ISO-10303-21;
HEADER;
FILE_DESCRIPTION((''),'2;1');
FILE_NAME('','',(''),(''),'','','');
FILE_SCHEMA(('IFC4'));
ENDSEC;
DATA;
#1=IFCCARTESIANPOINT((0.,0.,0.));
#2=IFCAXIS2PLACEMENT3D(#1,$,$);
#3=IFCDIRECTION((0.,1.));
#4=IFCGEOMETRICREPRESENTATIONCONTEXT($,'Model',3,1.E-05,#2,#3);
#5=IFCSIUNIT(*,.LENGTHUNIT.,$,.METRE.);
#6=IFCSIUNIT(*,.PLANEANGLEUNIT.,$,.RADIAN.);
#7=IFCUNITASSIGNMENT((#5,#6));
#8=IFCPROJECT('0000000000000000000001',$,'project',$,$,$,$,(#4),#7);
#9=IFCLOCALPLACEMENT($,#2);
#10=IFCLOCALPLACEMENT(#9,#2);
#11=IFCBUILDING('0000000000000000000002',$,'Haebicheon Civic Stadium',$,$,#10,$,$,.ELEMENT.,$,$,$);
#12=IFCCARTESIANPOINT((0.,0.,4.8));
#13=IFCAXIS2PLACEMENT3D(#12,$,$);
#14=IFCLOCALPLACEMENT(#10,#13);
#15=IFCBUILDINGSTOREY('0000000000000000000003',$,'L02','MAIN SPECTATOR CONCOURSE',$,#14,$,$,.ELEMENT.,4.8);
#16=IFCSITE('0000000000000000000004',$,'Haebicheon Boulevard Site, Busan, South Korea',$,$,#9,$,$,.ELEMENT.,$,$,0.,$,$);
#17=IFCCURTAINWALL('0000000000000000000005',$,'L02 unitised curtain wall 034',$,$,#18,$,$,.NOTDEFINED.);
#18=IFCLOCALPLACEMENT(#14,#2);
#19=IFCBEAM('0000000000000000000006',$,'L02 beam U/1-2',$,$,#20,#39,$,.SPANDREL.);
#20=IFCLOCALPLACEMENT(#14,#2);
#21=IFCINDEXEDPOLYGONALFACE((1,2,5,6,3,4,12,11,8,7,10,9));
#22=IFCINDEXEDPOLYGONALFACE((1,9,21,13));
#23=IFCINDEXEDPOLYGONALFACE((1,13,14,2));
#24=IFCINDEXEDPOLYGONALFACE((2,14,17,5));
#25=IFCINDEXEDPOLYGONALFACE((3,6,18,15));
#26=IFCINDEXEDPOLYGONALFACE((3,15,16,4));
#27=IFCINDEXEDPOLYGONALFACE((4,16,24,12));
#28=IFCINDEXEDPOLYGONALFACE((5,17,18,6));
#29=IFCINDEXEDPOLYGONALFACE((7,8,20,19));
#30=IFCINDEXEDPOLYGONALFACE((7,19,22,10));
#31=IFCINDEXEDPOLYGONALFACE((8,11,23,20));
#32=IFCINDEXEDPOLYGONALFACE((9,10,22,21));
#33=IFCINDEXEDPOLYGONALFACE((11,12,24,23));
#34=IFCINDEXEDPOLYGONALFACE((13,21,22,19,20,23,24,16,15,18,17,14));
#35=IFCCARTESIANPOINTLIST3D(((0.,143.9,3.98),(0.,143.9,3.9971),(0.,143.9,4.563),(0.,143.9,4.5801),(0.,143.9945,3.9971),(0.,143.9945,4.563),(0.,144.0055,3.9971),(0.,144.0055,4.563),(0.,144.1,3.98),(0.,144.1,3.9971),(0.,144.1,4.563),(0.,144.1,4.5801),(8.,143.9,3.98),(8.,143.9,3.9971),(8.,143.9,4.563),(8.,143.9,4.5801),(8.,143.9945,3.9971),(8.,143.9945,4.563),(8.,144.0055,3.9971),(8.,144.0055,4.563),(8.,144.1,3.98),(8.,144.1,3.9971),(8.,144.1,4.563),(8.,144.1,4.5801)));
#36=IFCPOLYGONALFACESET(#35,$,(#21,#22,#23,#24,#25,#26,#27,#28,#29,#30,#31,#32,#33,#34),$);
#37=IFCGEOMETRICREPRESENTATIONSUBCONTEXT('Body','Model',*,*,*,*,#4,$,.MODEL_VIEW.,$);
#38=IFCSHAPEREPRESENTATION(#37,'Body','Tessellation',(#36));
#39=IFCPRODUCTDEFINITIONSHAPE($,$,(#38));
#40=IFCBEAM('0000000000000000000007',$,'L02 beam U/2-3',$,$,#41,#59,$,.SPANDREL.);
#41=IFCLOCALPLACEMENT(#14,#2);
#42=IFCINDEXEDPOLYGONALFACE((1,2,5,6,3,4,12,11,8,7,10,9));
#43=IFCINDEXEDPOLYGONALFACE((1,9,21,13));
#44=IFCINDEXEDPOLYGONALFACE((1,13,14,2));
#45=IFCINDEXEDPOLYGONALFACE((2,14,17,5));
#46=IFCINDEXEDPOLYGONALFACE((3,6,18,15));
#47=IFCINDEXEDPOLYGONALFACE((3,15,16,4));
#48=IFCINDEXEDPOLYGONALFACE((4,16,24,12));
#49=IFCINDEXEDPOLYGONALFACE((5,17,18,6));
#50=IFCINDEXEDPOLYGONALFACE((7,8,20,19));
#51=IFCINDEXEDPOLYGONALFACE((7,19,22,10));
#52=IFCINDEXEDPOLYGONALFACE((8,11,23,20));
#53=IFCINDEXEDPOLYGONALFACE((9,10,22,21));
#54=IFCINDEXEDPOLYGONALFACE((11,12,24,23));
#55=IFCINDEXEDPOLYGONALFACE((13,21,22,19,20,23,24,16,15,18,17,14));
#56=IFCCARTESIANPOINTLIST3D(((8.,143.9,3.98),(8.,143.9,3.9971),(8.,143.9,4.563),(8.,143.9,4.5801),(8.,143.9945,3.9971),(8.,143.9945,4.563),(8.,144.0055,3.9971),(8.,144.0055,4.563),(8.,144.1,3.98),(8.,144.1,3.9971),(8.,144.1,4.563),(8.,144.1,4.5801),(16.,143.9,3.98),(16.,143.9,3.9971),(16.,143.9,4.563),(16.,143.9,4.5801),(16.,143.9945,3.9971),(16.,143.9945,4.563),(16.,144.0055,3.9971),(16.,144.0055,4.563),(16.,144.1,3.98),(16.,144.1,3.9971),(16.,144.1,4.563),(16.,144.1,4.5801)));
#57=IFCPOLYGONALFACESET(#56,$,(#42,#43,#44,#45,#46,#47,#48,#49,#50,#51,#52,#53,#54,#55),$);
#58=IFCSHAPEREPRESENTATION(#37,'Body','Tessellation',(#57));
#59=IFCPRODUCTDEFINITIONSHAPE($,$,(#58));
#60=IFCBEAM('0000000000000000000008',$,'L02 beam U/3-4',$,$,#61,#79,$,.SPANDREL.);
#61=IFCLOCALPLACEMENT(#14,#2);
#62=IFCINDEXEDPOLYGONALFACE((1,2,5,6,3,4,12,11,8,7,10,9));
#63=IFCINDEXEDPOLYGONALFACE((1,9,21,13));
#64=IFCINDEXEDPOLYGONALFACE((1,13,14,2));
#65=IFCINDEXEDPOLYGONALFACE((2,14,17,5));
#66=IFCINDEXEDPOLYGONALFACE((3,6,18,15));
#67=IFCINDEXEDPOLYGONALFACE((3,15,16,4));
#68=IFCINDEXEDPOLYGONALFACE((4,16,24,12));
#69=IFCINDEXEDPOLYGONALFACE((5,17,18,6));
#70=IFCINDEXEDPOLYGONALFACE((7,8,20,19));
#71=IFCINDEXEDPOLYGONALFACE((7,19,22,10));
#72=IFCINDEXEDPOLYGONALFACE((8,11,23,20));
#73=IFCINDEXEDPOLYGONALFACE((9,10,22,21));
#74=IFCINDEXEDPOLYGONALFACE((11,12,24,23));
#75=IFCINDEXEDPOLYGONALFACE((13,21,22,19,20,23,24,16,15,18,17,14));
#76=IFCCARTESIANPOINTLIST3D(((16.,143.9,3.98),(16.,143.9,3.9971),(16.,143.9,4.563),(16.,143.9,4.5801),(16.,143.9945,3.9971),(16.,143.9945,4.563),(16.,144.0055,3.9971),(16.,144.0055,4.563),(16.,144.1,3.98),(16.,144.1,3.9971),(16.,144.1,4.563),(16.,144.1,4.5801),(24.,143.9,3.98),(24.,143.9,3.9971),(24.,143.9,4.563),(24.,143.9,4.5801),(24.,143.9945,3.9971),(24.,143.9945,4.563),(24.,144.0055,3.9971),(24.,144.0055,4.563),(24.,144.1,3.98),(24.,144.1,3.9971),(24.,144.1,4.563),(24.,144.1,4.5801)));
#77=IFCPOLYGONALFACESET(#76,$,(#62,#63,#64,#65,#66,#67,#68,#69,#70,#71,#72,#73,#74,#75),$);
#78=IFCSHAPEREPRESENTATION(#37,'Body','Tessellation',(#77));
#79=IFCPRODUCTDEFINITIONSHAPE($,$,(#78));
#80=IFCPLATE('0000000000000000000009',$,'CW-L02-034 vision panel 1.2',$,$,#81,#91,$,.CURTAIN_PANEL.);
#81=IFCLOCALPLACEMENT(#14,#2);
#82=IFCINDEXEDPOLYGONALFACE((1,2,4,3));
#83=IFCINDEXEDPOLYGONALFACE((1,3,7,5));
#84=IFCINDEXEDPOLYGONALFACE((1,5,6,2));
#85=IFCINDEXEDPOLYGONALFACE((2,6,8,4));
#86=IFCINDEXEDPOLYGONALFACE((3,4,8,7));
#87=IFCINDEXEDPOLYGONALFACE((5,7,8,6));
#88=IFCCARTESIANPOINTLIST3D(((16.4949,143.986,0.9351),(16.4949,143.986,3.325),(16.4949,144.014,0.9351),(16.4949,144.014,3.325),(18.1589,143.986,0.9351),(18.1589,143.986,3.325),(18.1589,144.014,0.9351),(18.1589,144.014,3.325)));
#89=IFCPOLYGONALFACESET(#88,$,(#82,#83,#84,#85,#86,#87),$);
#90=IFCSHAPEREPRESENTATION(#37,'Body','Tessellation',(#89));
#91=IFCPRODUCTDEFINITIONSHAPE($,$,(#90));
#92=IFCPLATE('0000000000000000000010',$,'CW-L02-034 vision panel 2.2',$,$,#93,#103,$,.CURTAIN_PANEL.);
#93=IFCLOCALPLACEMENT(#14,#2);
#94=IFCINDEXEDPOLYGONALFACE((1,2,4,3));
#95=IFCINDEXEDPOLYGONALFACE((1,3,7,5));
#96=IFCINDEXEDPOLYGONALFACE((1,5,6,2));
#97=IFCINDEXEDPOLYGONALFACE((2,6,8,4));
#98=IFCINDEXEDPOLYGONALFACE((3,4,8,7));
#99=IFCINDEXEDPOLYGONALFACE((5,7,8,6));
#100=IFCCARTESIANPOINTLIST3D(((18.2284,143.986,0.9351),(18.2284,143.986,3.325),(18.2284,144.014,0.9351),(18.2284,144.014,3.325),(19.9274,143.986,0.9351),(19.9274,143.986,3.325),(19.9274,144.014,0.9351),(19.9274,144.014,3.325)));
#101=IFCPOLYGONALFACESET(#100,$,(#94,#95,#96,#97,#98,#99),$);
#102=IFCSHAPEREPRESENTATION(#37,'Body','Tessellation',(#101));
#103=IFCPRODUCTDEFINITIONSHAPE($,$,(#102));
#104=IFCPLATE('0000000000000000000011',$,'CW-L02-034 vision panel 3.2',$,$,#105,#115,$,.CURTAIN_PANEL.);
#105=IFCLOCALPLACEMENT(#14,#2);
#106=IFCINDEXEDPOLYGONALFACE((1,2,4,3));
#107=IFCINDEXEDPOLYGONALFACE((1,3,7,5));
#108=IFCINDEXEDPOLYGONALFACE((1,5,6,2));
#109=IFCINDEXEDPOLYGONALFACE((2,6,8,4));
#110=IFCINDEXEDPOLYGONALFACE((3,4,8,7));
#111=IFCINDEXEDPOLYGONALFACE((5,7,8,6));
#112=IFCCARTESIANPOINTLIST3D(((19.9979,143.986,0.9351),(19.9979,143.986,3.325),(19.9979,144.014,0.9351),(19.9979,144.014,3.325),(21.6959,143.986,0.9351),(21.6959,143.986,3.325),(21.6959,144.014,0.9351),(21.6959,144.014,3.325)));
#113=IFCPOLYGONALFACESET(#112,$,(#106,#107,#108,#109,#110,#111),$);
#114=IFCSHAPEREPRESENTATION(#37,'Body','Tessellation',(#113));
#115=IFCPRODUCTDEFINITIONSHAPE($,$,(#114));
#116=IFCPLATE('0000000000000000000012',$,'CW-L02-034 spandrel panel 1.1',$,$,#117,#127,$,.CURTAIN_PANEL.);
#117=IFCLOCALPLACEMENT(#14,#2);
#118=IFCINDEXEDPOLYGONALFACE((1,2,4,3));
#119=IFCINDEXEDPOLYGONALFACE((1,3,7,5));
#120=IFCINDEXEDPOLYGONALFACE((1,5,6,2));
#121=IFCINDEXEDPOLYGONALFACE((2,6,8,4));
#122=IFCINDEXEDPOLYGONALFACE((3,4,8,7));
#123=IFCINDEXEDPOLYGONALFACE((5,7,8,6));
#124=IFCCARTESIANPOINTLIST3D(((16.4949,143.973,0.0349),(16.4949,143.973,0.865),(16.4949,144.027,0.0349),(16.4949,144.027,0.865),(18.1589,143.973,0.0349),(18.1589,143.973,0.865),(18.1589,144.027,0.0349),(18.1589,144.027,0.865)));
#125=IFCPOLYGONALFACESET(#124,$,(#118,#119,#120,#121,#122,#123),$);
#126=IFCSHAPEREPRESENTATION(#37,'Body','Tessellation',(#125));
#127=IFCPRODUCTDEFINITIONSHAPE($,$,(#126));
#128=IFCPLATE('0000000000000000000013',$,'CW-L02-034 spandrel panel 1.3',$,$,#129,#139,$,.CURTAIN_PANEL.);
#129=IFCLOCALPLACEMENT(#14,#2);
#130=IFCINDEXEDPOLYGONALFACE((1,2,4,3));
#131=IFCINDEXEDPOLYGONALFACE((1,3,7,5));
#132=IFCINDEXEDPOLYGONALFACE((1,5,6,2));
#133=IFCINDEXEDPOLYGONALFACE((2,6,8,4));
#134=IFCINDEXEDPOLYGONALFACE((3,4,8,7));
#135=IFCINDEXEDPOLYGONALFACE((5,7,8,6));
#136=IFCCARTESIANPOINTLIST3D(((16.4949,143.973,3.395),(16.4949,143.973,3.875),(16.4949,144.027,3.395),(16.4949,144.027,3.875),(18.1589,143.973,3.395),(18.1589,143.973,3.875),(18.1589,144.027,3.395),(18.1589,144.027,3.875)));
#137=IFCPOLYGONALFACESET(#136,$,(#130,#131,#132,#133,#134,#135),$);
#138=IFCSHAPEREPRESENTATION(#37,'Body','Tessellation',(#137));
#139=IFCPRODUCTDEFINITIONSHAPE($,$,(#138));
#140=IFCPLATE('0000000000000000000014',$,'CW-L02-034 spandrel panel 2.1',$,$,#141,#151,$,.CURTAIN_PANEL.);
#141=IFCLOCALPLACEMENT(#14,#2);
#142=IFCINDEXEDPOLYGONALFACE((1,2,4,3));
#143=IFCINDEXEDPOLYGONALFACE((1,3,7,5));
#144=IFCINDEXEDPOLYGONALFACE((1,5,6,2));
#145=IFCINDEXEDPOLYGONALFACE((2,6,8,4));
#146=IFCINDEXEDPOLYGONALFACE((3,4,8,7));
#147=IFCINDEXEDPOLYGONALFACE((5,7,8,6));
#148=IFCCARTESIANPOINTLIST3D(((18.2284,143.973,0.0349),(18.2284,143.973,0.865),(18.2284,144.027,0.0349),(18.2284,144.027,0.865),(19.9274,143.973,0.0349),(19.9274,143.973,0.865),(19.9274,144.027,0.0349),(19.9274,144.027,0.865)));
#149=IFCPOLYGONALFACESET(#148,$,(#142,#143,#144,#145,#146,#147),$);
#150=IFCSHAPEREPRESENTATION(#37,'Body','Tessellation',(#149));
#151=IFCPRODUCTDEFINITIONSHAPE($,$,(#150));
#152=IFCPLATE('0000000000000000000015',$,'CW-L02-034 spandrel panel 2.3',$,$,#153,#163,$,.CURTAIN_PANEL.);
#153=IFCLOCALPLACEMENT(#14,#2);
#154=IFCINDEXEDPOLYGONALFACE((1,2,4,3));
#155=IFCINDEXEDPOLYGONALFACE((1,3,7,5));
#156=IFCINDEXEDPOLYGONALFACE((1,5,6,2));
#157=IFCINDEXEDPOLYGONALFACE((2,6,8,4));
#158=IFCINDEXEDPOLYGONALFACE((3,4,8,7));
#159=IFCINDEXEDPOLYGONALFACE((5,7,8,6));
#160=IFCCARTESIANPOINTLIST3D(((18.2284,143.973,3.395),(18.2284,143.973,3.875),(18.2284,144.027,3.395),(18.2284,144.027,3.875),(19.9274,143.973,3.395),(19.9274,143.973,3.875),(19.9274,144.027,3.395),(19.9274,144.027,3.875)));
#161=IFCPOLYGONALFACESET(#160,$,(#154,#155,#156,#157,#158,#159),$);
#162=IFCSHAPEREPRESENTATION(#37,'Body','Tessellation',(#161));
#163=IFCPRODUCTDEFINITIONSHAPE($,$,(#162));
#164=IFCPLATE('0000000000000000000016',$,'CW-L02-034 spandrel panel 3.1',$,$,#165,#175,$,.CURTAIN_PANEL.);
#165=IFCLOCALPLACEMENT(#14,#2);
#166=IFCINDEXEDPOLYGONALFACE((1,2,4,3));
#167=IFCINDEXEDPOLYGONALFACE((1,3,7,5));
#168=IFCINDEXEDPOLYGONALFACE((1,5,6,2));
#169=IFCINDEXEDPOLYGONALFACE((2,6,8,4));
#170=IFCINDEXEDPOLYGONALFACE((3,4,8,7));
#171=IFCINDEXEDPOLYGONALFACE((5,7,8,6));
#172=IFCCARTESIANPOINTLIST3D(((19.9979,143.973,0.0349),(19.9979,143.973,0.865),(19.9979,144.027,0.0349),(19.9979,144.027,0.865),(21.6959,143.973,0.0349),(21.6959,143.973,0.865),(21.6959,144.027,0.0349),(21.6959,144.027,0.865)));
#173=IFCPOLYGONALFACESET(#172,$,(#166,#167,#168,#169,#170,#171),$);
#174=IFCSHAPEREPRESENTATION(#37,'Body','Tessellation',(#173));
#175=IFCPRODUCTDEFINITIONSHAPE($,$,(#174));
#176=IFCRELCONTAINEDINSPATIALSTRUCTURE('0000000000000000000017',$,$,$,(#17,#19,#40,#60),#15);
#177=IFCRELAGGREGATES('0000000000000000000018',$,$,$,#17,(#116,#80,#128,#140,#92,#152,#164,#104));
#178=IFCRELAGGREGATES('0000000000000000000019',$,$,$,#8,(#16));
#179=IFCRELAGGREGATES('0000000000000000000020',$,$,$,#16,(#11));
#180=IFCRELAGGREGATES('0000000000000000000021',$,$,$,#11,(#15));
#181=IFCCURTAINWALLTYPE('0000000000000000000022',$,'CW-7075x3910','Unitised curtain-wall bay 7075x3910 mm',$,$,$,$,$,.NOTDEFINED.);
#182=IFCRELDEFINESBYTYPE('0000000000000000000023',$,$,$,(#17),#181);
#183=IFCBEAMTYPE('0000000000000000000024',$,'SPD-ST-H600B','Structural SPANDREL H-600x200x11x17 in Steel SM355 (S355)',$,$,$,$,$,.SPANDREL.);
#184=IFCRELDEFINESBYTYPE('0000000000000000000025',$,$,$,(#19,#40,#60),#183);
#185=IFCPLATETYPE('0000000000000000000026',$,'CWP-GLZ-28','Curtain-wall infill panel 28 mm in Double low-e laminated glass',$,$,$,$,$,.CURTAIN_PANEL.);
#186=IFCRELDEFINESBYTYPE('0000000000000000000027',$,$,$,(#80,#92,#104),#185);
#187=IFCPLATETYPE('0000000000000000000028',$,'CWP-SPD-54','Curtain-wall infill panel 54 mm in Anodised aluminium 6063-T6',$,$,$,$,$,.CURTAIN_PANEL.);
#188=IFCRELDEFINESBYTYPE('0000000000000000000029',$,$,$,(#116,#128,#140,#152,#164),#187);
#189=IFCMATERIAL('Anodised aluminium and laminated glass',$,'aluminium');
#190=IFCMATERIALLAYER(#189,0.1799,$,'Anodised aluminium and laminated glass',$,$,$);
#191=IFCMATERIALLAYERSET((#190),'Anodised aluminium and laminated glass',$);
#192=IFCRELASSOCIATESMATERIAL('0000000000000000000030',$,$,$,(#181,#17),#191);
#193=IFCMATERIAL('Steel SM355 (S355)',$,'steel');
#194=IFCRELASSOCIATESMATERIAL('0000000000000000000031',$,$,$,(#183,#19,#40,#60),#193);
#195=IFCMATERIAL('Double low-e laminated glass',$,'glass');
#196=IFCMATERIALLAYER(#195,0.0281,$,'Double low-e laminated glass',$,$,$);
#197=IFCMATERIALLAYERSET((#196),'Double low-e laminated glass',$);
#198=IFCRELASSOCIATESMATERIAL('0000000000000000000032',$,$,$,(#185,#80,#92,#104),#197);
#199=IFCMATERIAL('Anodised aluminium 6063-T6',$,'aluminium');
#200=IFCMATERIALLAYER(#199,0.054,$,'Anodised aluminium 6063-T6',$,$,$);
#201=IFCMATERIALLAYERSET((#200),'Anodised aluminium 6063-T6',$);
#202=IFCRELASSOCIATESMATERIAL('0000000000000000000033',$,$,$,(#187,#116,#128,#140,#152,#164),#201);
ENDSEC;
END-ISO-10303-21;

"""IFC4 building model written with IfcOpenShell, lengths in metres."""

from ifc_helpers import new_model, si_unit, direction, frame, origin, origin_2d, place, context, subcontext, project, spatial, rectangle, i_section, extrude, material, layer, layer_set, material_profile, profile_set, type_object, element, aggregate, save


model = new_model("IFC4")

# Units and contexts
model_context = context("Model", 3, precision=1e-05, world=origin(), true_north=direction((0.0, 1.0)))
body_context = subcontext(model_context, "Body", "Model", "MODEL_VIEW")
ifc_project = project(units=[si_unit("LENGTHUNIT", "METRE"), si_unit("PLANEANGLEUNIT", "RADIAN")], contexts=[model_context])

# Site, building, storey
site_placement = place(None, origin())
site = spatial("IfcSite", under=ifc_project, at=site_placement, Name="Haebicheon Boulevard Site, Busan, South Korea", CompositionType="ELEMENT", RefElevation=0.0)
building_placement = place(site_placement, origin())
building = spatial("IfcBuilding", under=site, at=building_placement, Name="Haebicheon Civic Stadium", CompositionType="ELEMENT")
storey_placement = place(building_placement, frame((0.0, 0.0, 4.8)))
storey = spatial("IfcBuildingStorey", under=building, at=storey_placement, Name="L02", Description="MAIN SPECTATOR CONCOURSE", CompositionType="ELEMENT", Elevation=4.8)

# Curtain wall
ifc_material_1 = material(Name="Anodised aluminium and laminated glass", Category="aluminium")
ifc_layer_1 = layer(ifc_material_1, 0.1799, Name="Anodised aluminium and laminated glass")
ifc_layer_set_1 = layer_set([ifc_layer_1], Name="Anodised aluminium and laminated glass")
curtain_wall_type = type_object("IfcCurtainWallType", Name="CW-7075x3910", Description="Unitised curtain-wall bay 7075x3910 mm", PredefinedType="NOTDEFINED", material=ifc_layer_set_1)
curtain_wall_placement = place(storey_placement, origin())
curtain_wall = element("IfcCurtainWall", 1, at=curtain_wall_placement, inside=storey, type_object=curtain_wall_type, material=ifc_layer_set_1, Name="L02 unitised curtain wall 034", PredefinedType="NOTDEFINED")

# Beams
ifc_material_2 = material(Name="Steel SM355 (S355)", Category="steel")
ifc_material_profile_1 = material_profile(ifc_material_2, i_section(OverallWidth=0.2, OverallDepth=0.6001, WebThickness=0.011, FlangeThickness=0.0171, at=origin_2d()), Name="H-600x200x11x17")
ifc_profile_set_1 = profile_set([ifc_material_profile_1], Name="Steel SM355 (S355)")
beam_type_1 = type_object("IfcBeamType", Name="SPD-ST-H600B", Description="Structural SPANDREL H-600x200x11x17 in Steel SM355 (S355)", PredefinedType="SPANDREL", material=ifc_profile_set_1)
for number, where, z_axis, x_axis, name in (
    (2, (0.0, 144.0, 4.28), (1.0, 0.0, 0.0), (0.0, 1.0, 0.0), "L02 beam U/1-2"),
    (3, (8.0, 144.0, 4.28), (1.0, 0.0, 0.0), (0.0, 1.0, 0.0), "L02 beam U/2-3"),
    (4, (16.0, 144.0, 4.28), (1.0, 0.0, 0.0), (0.0, 1.0, 0.0), "L02 beam U/3-4"),
):
    element("IfcBeam", number, at=place(storey_placement, frame(where, z_axis=z_axis, x_axis=x_axis)), inside=storey, type_object=beam_type_1, material=ifc_profile_set_1, Name=name, PredefinedType="SPANDREL", context=body_context, shape_type="SweptSolid", body=[
        extrude(i_section(OverallWidth=0.2, OverallDepth=0.6001, WebThickness=0.011, FlangeThickness=0.0171, at=origin_2d()), origin(), (0.0, 0.0, 1.0), 8.0),
    ])

# Plates
ifc_material_3 = material(Name="Double low-e laminated glass", Category="glass")
ifc_layer_2 = layer(ifc_material_3, 0.0281, Name="Double low-e laminated glass")
ifc_layer_set_2 = layer_set([ifc_layer_2], Name="Double low-e laminated glass")
plate_type_1 = type_object("IfcPlateType", Name="CWP-GLZ-28", Description="Curtain-wall infill panel 28 mm in Double low-e laminated glass", PredefinedType="CURTAIN_PANEL", material=ifc_layer_set_2)
plate_1_placement = place(storey_placement, frame((17.3269, 144.0, 0.9351), z_axis=(0.0, 0.0, 1.0), x_axis=(1.0, 0.0, 0.0)))
plate_1 = element("IfcPlate", 5, at=plate_1_placement, type_object=plate_type_1, material=ifc_layer_set_2, Name="CW-L02-034 vision panel 1.2", PredefinedType="CURTAIN_PANEL", context=body_context, shape_type="SweptSolid", body=[
    extrude(rectangle(XDim=1.6641, YDim=0.0281, at=origin_2d()), origin(), (0.0, 0.0, 1.0), 2.3899),
])
plate_2_placement = place(storey_placement, frame((19.0779, 144.0, 0.9351), z_axis=(0.0, 0.0, 1.0), x_axis=(1.0, 0.0, 0.0)))
plate_2 = element("IfcPlate", 6, at=plate_2_placement, type_object=plate_type_1, material=ifc_layer_set_2, Name="CW-L02-034 vision panel 2.2", PredefinedType="CURTAIN_PANEL", context=body_context, shape_type="SweptSolid", body=[
    extrude(rectangle(XDim=1.699, YDim=0.0281, at=origin_2d()), origin(), (0.0, 0.0, 1.0), 2.3899),
])
plate_3_placement = place(storey_placement, frame((20.8469, 144.0, 0.9351), z_axis=(0.0, 0.0, 1.0), x_axis=(1.0, 0.0, 0.0)))
plate_3 = element("IfcPlate", 7, at=plate_3_placement, type_object=plate_type_1, material=ifc_layer_set_2, Name="CW-L02-034 vision panel 3.2", PredefinedType="CURTAIN_PANEL", context=body_context, shape_type="SweptSolid", body=[
    extrude(rectangle(XDim=1.698, YDim=0.0281, at=origin_2d()), origin(), (0.0, 0.0, 1.0), 2.3899),
])
ifc_material_4 = material(Name="Anodised aluminium 6063-T6", Category="aluminium")
ifc_layer_3 = layer(ifc_material_4, 0.054, Name="Anodised aluminium 6063-T6")
ifc_layer_set_3 = layer_set([ifc_layer_3], Name="Anodised aluminium 6063-T6")
plate_type_2 = type_object("IfcPlateType", Name="CWP-SPD-54", Description="Curtain-wall infill panel 54 mm in Anodised aluminium 6063-T6", PredefinedType="CURTAIN_PANEL", material=ifc_layer_set_3)
plate_4_placement = place(storey_placement, frame((17.3269, 144.0, 0.0349), z_axis=(0.0, 0.0, 1.0), x_axis=(1.0, 0.0, 0.0)))
plate_4 = element("IfcPlate", 8, at=plate_4_placement, type_object=plate_type_2, material=ifc_layer_set_3, Name="CW-L02-034 spandrel panel 1.1", PredefinedType="CURTAIN_PANEL", context=body_context, shape_type="SweptSolid", body=[
    extrude(rectangle(XDim=1.6641, YDim=0.054, at=origin_2d()), origin(), (0.0, 0.0, 1.0), 0.8301),
])
plate_5_placement = place(storey_placement, frame((17.3269, 144.0, 3.395), z_axis=(0.0, 0.0, 1.0), x_axis=(1.0, 0.0, 0.0)))
plate_5 = element("IfcPlate", 9, at=plate_5_placement, type_object=plate_type_2, material=ifc_layer_set_3, Name="CW-L02-034 spandrel panel 1.3", PredefinedType="CURTAIN_PANEL", context=body_context, shape_type="SweptSolid", body=[
    extrude(rectangle(XDim=1.6641, YDim=0.054, at=origin_2d()), origin(), (0.0, 0.0, 1.0), 0.48),
])
plate_6_placement = place(storey_placement, frame((19.0779, 144.0, 0.0349), z_axis=(0.0, 0.0, 1.0), x_axis=(1.0, 0.0, 0.0)))
plate_6 = element("IfcPlate", 10, at=plate_6_placement, type_object=plate_type_2, material=ifc_layer_set_3, Name="CW-L02-034 spandrel panel 2.1", PredefinedType="CURTAIN_PANEL", context=body_context, shape_type="SweptSolid", body=[
    extrude(rectangle(XDim=1.699, YDim=0.054, at=origin_2d()), origin(), (0.0, 0.0, 1.0), 0.8301),
])
plate_7_placement = place(storey_placement, frame((19.0779, 144.0, 3.395), z_axis=(0.0, 0.0, 1.0), x_axis=(1.0, 0.0, 0.0)))
plate_7 = element("IfcPlate", 11, at=plate_7_placement, type_object=plate_type_2, material=ifc_layer_set_3, Name="CW-L02-034 spandrel panel 2.3", PredefinedType="CURTAIN_PANEL", context=body_context, shape_type="SweptSolid", body=[
    extrude(rectangle(XDim=1.699, YDim=0.054, at=origin_2d()), origin(), (0.0, 0.0, 1.0), 0.48),
])
plate_8_placement = place(storey_placement, frame((20.8469, 144.0, 0.0349), z_axis=(0.0, 0.0, 1.0), x_axis=(1.0, 0.0, 0.0)))
plate_8 = element("IfcPlate", 12, at=plate_8_placement, type_object=plate_type_2, material=ifc_layer_set_3, Name="CW-L02-034 spandrel panel 3.1", PredefinedType="CURTAIN_PANEL", context=body_context, shape_type="SweptSolid", body=[
    extrude(rectangle(XDim=1.698, YDim=0.054, at=origin_2d()), origin(), (0.0, 0.0, 1.0), 0.8301),
])
aggregate(curtain_wall, [plate_4, plate_1, plate_5, plate_6, plate_2, plate_7, plate_8, plate_3])

save(model, "model.ifc")
